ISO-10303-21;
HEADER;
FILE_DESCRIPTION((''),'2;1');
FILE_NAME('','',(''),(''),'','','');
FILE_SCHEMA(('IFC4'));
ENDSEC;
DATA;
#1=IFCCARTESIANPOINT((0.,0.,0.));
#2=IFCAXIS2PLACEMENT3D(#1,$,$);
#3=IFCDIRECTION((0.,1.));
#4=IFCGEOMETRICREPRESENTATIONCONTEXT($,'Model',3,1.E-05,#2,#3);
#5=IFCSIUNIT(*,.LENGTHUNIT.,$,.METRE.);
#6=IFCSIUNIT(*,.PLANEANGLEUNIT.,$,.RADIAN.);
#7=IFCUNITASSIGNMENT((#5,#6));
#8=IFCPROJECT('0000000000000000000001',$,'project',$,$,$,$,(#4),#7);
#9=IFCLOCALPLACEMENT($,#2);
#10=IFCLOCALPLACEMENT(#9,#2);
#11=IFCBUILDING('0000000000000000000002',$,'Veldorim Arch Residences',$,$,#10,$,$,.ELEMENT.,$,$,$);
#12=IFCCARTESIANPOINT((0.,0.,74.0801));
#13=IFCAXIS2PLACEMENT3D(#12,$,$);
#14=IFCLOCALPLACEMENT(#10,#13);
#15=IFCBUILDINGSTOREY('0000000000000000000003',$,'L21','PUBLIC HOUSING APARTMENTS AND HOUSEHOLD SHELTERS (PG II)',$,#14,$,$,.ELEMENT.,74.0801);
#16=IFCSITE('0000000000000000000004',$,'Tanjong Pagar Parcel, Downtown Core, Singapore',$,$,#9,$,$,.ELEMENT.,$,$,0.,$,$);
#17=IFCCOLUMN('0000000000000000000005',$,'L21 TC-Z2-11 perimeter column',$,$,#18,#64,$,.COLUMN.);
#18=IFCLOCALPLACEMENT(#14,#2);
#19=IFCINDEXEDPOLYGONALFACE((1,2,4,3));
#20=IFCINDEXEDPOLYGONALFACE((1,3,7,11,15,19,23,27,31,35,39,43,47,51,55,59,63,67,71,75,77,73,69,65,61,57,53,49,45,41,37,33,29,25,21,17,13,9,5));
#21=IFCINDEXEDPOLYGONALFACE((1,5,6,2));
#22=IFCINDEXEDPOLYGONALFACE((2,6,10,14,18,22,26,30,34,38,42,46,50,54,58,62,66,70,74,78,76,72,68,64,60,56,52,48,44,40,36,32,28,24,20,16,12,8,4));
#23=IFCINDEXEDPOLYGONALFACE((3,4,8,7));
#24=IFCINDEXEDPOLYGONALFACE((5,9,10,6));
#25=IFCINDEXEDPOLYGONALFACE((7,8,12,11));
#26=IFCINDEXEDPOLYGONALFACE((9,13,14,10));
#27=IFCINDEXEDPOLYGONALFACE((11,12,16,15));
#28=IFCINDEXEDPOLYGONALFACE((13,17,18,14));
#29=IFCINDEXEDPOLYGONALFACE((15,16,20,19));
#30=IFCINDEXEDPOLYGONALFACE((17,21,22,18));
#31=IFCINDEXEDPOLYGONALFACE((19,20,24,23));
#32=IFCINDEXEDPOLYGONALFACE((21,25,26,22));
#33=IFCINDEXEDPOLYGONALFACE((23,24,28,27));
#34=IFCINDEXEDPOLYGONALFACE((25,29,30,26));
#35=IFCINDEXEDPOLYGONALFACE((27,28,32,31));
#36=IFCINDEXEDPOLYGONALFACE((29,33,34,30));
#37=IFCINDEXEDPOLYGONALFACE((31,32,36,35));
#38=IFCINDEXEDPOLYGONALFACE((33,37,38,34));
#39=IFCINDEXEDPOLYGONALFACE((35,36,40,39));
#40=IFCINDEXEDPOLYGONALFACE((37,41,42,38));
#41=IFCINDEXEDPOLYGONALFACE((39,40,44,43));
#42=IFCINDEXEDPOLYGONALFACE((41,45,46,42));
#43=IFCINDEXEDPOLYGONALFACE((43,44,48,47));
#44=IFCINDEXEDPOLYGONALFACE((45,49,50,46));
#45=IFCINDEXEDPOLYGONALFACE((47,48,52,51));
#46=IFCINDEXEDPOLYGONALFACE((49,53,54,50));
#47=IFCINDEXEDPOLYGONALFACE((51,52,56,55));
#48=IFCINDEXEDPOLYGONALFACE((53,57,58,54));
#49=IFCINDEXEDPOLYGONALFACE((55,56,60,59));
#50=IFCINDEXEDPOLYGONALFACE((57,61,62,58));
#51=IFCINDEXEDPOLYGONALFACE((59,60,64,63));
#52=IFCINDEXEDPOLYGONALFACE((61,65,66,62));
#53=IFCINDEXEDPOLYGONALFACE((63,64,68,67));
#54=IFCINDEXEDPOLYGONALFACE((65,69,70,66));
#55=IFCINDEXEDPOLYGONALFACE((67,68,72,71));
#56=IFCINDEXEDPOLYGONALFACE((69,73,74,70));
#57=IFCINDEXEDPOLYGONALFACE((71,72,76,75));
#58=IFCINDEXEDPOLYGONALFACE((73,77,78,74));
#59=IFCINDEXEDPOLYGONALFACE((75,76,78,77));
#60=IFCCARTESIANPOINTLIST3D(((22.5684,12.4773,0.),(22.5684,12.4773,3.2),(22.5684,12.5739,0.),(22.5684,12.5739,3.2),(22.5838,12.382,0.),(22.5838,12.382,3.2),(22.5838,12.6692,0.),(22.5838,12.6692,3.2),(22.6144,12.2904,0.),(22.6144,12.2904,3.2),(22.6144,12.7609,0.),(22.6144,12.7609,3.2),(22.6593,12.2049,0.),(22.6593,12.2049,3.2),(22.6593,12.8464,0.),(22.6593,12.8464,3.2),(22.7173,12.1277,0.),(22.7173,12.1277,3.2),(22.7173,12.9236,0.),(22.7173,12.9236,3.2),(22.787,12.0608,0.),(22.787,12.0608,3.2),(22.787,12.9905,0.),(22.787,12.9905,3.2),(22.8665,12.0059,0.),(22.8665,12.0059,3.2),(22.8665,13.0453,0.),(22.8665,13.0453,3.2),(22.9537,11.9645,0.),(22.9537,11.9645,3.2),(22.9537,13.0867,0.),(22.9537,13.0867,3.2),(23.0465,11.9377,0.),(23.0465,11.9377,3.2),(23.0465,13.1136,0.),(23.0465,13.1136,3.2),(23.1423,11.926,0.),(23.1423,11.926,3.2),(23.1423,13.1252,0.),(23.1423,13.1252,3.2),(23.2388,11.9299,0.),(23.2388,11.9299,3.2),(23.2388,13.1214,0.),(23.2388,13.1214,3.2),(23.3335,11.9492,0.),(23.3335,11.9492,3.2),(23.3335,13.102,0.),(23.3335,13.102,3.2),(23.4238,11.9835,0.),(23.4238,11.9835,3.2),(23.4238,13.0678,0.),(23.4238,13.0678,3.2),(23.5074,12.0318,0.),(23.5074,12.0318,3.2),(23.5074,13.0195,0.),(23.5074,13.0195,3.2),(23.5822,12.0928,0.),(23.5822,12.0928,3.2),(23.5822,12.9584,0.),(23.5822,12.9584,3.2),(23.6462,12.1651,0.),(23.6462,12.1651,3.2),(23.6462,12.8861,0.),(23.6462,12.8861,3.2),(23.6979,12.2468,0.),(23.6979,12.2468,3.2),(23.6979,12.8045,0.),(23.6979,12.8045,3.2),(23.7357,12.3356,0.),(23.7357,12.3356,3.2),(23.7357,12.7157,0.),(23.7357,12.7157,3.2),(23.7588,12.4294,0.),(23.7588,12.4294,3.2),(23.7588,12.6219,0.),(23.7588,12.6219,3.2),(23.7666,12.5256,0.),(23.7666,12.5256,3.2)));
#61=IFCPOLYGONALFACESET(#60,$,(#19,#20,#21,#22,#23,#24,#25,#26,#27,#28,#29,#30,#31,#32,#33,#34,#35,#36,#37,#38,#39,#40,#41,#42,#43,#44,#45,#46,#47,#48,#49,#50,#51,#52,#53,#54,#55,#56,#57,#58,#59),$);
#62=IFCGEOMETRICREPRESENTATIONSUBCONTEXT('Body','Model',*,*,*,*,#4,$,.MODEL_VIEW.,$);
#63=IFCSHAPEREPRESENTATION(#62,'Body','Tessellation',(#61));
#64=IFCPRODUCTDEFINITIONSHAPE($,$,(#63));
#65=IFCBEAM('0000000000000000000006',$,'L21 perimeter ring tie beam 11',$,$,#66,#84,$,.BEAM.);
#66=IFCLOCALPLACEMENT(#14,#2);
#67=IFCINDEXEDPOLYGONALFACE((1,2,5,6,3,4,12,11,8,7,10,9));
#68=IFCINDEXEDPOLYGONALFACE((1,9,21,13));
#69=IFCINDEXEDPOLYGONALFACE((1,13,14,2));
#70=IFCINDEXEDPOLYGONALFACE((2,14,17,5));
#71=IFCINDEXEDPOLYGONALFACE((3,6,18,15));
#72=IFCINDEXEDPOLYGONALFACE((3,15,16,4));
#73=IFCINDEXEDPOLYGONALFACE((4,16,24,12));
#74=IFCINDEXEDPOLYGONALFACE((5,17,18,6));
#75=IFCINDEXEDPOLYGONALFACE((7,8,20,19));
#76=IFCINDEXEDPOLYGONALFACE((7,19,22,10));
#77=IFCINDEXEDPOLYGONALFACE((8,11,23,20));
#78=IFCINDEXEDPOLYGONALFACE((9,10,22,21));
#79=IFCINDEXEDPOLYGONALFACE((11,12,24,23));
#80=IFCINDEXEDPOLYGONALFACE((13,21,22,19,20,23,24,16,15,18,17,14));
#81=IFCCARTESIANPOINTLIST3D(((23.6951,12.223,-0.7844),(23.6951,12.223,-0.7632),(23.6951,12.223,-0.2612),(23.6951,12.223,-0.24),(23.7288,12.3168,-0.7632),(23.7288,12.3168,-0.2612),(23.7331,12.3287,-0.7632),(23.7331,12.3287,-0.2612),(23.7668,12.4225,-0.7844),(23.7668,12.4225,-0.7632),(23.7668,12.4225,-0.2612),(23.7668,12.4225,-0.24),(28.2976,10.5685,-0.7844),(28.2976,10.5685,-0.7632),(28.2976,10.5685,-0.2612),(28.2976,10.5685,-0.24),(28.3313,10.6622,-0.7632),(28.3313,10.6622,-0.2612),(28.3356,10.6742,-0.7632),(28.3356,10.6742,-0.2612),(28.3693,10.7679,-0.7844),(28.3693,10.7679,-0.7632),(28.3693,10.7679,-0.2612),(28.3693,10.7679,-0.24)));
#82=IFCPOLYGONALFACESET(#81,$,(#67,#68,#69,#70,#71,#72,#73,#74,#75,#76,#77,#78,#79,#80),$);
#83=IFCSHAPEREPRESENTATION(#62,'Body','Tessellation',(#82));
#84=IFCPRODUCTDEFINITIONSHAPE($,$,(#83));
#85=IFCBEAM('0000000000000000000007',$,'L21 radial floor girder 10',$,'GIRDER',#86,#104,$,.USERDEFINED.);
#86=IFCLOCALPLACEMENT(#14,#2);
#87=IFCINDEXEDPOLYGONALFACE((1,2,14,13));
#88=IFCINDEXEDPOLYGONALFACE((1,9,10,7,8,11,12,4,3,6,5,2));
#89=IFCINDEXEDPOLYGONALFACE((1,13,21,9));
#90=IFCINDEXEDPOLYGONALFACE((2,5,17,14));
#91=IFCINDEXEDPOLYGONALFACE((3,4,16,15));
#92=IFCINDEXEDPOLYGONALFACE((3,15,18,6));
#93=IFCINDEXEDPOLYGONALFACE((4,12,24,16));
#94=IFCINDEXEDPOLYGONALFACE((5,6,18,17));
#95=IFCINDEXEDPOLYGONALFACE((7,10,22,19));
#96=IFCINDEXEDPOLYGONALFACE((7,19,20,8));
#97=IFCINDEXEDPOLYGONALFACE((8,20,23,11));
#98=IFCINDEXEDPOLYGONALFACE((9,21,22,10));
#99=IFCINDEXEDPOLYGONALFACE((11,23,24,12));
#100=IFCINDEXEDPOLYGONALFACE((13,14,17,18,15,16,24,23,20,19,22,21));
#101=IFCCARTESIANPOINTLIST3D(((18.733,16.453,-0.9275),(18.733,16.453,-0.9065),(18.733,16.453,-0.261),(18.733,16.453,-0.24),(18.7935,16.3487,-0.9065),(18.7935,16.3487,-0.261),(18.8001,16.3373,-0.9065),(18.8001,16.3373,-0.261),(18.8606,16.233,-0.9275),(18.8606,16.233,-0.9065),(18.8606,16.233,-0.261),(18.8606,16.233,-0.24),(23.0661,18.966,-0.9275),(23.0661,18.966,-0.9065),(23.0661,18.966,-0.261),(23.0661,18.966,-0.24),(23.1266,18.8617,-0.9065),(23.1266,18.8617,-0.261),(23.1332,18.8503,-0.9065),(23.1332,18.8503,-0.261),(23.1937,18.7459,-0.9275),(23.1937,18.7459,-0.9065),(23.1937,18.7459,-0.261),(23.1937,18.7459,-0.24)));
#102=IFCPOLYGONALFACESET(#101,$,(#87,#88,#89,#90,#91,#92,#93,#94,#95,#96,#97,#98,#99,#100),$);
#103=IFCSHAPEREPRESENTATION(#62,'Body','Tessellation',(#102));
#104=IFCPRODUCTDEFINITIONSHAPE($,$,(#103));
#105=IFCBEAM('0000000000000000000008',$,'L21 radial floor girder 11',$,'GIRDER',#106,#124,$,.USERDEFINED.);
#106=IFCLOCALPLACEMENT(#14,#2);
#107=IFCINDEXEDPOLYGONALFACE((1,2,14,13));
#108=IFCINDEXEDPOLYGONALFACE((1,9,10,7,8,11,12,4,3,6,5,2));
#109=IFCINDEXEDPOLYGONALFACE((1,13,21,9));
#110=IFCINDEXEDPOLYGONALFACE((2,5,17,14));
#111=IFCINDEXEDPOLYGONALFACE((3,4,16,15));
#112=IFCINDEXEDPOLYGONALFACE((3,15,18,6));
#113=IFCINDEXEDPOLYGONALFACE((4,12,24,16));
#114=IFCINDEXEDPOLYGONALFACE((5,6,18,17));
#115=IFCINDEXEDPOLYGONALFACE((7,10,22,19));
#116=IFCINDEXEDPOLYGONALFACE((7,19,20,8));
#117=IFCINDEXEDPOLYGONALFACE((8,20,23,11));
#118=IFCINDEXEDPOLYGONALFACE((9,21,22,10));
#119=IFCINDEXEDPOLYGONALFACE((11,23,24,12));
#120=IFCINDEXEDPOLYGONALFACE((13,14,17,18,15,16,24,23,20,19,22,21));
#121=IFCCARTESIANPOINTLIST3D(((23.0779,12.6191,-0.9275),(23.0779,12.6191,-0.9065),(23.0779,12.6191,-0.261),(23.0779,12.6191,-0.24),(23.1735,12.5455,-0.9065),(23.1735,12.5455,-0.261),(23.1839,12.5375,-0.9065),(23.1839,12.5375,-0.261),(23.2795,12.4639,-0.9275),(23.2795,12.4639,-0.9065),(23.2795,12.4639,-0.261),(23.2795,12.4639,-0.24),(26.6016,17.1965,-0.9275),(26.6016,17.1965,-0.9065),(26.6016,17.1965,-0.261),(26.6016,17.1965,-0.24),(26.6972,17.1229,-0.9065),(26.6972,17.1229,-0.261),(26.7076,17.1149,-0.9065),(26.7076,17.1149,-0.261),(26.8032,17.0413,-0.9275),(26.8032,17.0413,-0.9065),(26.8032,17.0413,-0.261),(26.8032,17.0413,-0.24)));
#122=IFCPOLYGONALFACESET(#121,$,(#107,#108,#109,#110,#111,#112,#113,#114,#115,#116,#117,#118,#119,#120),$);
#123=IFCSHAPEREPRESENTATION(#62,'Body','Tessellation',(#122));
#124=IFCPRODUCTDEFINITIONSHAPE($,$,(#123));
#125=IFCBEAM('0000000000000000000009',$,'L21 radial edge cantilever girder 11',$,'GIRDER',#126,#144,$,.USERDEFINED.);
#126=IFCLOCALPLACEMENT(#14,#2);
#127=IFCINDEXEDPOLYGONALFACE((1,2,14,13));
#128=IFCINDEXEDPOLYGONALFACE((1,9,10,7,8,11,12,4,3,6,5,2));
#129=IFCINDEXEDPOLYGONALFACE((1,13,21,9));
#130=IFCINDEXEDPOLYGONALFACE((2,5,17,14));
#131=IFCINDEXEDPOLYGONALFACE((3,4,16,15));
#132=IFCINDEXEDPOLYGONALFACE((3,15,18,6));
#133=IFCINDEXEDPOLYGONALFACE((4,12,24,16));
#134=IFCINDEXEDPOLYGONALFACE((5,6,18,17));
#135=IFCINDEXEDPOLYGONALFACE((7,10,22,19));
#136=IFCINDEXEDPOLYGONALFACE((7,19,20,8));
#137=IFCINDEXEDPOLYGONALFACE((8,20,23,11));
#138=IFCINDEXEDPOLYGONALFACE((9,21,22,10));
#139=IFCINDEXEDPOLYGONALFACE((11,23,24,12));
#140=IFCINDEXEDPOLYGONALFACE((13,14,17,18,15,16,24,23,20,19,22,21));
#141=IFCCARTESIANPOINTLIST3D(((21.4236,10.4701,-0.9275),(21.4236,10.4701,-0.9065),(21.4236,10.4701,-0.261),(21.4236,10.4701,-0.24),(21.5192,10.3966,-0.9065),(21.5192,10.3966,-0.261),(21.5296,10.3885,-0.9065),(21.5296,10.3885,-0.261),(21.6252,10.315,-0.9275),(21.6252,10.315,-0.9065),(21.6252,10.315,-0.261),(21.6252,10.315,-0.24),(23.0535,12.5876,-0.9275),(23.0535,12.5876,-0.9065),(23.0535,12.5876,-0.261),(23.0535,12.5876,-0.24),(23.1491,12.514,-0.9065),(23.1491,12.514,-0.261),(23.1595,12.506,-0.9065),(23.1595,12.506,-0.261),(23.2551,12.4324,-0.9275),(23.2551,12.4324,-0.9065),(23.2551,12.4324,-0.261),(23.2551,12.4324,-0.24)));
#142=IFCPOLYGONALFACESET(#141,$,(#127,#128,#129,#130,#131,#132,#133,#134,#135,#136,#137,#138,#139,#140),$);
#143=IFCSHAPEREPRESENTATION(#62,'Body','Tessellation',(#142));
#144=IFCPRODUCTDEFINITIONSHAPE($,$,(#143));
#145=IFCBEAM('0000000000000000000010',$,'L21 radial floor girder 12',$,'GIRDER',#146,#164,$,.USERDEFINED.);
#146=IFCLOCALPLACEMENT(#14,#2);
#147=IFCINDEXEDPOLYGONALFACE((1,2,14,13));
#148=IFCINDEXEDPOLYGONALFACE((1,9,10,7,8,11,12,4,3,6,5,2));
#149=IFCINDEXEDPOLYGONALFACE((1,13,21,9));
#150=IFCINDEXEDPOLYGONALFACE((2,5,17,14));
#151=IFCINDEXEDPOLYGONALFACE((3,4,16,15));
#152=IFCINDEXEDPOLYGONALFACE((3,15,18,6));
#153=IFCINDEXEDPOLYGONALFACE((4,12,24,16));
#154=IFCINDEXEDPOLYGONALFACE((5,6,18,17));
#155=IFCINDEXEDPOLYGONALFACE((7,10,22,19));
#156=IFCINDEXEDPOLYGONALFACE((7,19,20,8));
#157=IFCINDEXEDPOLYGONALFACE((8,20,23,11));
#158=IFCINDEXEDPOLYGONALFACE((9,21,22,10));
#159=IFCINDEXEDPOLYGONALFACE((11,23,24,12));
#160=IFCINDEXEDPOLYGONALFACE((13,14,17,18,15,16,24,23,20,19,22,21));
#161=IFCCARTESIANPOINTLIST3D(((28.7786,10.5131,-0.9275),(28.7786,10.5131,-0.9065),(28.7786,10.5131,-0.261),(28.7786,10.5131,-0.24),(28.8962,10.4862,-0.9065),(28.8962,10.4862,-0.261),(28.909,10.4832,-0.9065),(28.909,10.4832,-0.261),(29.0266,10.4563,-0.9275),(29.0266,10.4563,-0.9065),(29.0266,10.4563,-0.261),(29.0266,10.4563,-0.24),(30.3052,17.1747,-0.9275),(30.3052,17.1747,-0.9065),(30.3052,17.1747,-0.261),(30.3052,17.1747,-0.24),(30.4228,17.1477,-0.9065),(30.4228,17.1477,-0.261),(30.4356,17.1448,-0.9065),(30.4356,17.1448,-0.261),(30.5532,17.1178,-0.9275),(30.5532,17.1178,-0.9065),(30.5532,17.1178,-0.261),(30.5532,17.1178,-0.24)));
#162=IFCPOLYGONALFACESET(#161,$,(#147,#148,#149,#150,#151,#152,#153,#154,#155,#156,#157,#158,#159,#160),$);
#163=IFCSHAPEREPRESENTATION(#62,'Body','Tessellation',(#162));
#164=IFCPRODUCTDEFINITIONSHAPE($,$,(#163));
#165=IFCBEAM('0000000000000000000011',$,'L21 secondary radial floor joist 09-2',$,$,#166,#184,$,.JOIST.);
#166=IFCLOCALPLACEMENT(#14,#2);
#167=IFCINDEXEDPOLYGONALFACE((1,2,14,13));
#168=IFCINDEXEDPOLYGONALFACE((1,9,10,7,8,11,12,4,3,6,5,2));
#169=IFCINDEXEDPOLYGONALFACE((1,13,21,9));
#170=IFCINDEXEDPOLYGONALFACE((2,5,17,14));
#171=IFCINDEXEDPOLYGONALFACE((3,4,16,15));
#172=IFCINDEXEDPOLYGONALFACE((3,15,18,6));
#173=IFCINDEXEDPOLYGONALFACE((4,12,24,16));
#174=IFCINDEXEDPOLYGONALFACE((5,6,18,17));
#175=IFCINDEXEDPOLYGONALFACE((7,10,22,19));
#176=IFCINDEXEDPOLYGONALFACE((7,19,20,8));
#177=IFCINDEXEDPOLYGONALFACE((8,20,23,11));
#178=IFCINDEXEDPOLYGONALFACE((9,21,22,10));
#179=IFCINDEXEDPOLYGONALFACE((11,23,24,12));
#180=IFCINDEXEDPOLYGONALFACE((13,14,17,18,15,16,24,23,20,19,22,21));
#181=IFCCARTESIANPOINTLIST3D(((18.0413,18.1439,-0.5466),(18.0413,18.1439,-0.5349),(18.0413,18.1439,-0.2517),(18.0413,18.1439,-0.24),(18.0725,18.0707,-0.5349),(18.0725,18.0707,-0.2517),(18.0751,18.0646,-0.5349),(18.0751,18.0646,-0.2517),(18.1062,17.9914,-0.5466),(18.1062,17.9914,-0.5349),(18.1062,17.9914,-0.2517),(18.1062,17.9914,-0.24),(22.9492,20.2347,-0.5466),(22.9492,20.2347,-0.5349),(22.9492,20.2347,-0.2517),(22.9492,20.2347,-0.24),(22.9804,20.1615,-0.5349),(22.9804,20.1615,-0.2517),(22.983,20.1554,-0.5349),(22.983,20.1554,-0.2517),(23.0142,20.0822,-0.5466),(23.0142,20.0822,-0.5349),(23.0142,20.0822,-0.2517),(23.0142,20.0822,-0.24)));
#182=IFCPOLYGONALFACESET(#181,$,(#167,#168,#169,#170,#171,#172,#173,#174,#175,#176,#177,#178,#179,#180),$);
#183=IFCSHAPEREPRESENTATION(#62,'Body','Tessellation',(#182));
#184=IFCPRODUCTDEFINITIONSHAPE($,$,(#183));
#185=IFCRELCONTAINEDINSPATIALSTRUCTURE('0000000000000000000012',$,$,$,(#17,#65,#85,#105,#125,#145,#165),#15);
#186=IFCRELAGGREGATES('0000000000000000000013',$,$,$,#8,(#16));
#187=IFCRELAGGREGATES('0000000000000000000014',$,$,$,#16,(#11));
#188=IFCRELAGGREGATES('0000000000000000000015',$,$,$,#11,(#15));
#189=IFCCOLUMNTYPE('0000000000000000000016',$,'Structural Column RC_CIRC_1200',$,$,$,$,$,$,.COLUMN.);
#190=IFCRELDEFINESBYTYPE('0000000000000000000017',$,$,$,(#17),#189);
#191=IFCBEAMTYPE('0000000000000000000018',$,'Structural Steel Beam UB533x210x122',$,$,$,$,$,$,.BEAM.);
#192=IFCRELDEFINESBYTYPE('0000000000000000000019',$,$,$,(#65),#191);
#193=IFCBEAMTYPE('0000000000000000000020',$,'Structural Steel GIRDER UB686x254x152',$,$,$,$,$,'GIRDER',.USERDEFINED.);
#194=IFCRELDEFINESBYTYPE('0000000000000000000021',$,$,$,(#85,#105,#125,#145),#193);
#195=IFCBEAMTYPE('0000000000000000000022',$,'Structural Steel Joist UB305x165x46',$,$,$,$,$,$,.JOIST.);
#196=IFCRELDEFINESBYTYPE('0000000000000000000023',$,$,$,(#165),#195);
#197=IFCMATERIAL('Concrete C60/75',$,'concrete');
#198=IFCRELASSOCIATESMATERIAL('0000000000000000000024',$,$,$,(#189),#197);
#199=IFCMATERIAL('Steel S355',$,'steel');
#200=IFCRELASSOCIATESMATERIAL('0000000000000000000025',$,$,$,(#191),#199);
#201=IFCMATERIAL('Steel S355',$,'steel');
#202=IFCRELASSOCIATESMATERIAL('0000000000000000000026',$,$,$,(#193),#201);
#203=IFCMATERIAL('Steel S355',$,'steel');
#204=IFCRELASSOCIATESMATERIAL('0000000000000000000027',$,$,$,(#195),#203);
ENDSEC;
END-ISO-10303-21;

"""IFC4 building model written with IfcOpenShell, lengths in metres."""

from ifc_helpers import new_model, si_unit, direction, frame, origin, origin_2d, place, context, subcontext, project, spatial, circle, i_section, extrude, material, material_profile, profile_set, type_object, element, save


model = new_model("IFC4")

# Units and contexts
model_context = context("Model", 3, precision=1e-05, world=origin(), true_north=direction((0.0, 1.0)))
body_context = subcontext(model_context, "Body", "Model", "MODEL_VIEW")
ifc_project = project(units=[si_unit("LENGTHUNIT", "METRE"), si_unit("PLANEANGLEUNIT", "RADIAN")], contexts=[model_context])

# Site, building, storey
site_placement = place(None, origin())
site = spatial("IfcSite", under=ifc_project, at=site_placement, Name="Tanjong Pagar Parcel, Downtown Core, Singapore", CompositionType="ELEMENT", RefElevation=0.0)
building_placement = place(site_placement, origin())
building = spatial("IfcBuilding", under=site, at=building_placement, Name="Veldorim Arch Residences", CompositionType="ELEMENT")
storey_placement = place(building_placement, frame((0.0, 0.0, 74.0801)))
storey = spatial("IfcBuildingStorey", under=building, at=storey_placement, Name="L21", Description="PUBLIC HOUSING APARTMENTS AND HOUSEHOLD SHELTERS (PG II)", CompositionType="ELEMENT", Elevation=74.0801)

# Column
ifc_material_1 = material(Name="Concrete C60/75", Category="concrete")
ifc_material_profile_1 = material_profile(ifc_material_1, circle(Radius=0.6001, at=origin_2d()), Name="RC_CIRC_1200")
ifc_profile_set_1 = profile_set([ifc_material_profile_1], Name="Concrete C60/75")
column_type = type_object("IfcColumnType", Name="Structural Column RC_CIRC_1200", PredefinedType="COLUMN", material=ifc_profile_set_1)
column_placement = place(storey_placement, frame((23.1665, 12.5256, 0.0), z_axis=(0.0, 0.0, 1.0), x_axis=(1.0, 0.0, 0.0)))
element("IfcColumn", 1, at=column_placement, inside=storey, type_object=column_type, Name="L21 TC-Z2-11 perimeter column", PredefinedType="COLUMN", context=body_context, shape_type="SweptSolid", body=[
    extrude(circle(Radius=0.6001, at=origin_2d()), origin(), (0.0, 0.0, 1.0), 3.2),
])

# Beams
ifc_material_2 = material(Name="Steel S355", Category="steel")
ifc_material_profile_2 = material_profile(ifc_material_2, i_section(OverallWidth=0.2119, OverallDepth=0.5444, WebThickness=0.0127, FlangeThickness=0.0212, at=origin_2d()), Name="UB533x210x122")
ifc_profile_set_2 = profile_set([ifc_material_profile_2], Name="Steel S355")
beam_type_1 = type_object("IfcBeamType", Name="Structural Steel Beam UB533x210x122", PredefinedType="BEAM", material=ifc_profile_set_2)
beam_1_placement = place(storey_placement, frame((23.731, 12.3228, -0.5122), z_axis=(0.941042, -0.33829, 0.0), x_axis=(0.33829, 0.941042, 0.0)))
element("IfcBeam", 2, at=beam_1_placement, inside=storey, type_object=beam_type_1, Name="L21 perimeter ring tie beam 11", PredefinedType="BEAM", context=body_context, shape_type="SweptSolid", body=[
    extrude(i_section(OverallWidth=0.2119, OverallDepth=0.5444, WebThickness=0.0127, FlangeThickness=0.0212, at=origin_2d()), origin(), (0.0, 0.0, 1.0), 4.8909),
])
ifc_material_3 = material(Name="Steel S355", Category="steel")
ifc_material_profile_3 = material_profile(ifc_material_3, i_section(OverallWidth=0.2544, OverallDepth=0.6875, WebThickness=0.0132, FlangeThickness=0.021, at=origin_2d()), Name="UB686x254x152")
ifc_profile_set_3 = profile_set([ifc_material_profile_3], Name="Steel S355")
beam_type_2 = type_object("IfcBeamType", Name="Structural Steel GIRDER UB686x254x152", ElementType="GIRDER", PredefinedType="USERDEFINED", material=ifc_profile_set_3)
beam_2_placement = place(storey_placement, frame((23.1299, 18.856, -0.5837), z_axis=(-0.865049, -0.501687, 0.0), x_axis=(0.501687, -0.865049, 0.0)))
element("IfcBeam", 3, at=beam_2_placement, inside=storey, type_object=beam_type_2, Name="L21 radial floor girder 10", ObjectType="GIRDER", PredefinedType="USERDEFINED", context=body_context, shape_type="SweptSolid", body=[
    extrude(i_section(OverallWidth=0.2544, OverallDepth=0.6875, WebThickness=0.0132, FlangeThickness=0.021, at=origin_2d()), origin(), (0.0, 0.0, 1.0), 5.009),
])
beam_3_placement = place(storey_placement, frame((26.7024, 17.1189, -0.5837), z_axis=(-0.609995, -0.792406, 0.0), x_axis=(0.792406, -0.609995, 0.0)))
element("IfcBeam", 4, at=beam_3_placement, inside=storey, type_object=beam_type_2, Name="L21 radial floor girder 11", ObjectType="GIRDER", PredefinedType="USERDEFINED", context=body_context, shape_type="SweptSolid", body=[
    extrude(i_section(OverallWidth=0.2544, OverallDepth=0.6875, WebThickness=0.0132, FlangeThickness=0.021, at=origin_2d()), origin(), (0.0, 0.0, 1.0), 5.7766),
])
beam_4_placement = place(storey_placement, frame((23.1543, 12.51, -0.5837), z_axis=(-0.609967, -0.792427, 0.0), x_axis=(0.792427, -0.609967, 0.0)))
element("IfcBeam", 5, at=beam_4_placement, inside=storey, type_object=beam_type_2, Name="L21 radial edge cantilever girder 11", ObjectType="GIRDER", PredefinedType="USERDEFINED", context=body_context, shape_type="SweptSolid", body=[
    extrude(i_section(OverallWidth=0.2544, OverallDepth=0.6875, WebThickness=0.0132, FlangeThickness=0.021, at=origin_2d()), origin(), (0.0, 0.0, 1.0), 2.6721),
])
beam_5_placement = place(storey_placement, frame((30.4292, 17.1462, -0.5837), z_axis=(-0.223375, -0.974733, 0.0), x_axis=(0.974733, -0.223375, 0.0)))
element("IfcBeam", 6, at=beam_5_placement, inside=storey, type_object=beam_type_2, Name="L21 radial floor girder 12", ObjectType="GIRDER", PredefinedType="USERDEFINED", context=body_context, shape_type="SweptSolid", body=[
    extrude(i_section(OverallWidth=0.2544, OverallDepth=0.6875, WebThickness=0.0132, FlangeThickness=0.021, at=origin_2d()), origin(), (0.0, 0.0, 1.0), 6.8342),
])
ifc_material_4 = material(Name="Steel S355", Category="steel")
ifc_material_profile_4 = material_profile(ifc_material_4, i_section(OverallWidth=0.1658, OverallDepth=0.3066, WebThickness=0.0066, FlangeThickness=0.0117, at=origin_2d()), Name="UB305x165x46")
ifc_profile_set_4 = profile_set([ifc_material_profile_4], Name="Steel S355")
beam_type_3 = type_object("IfcBeamType", Name="Structural Steel Joist UB305x165x46", PredefinedType="JOIST", material=ifc_profile_set_4)
beam_6_placement = place(storey_placement, frame((22.9817, 20.1584, -0.3933), z_axis=(-0.919997, -0.391924, 0.0), x_axis=(0.391924, -0.919997, 0.0)))
element("IfcBeam", 7, at=beam_6_placement, inside=storey, type_object=beam_type_3, Name="L21 secondary radial floor joist 09-2", PredefinedType="JOIST", context=body_context, shape_type="SweptSolid", body=[
    extrude(i_section(OverallWidth=0.1658, OverallDepth=0.3066, WebThickness=0.0066, FlangeThickness=0.0117, at=origin_2d()), origin(), (0.0, 0.0, 1.0), 5.3347),
])

save(model, "model.ifc")
